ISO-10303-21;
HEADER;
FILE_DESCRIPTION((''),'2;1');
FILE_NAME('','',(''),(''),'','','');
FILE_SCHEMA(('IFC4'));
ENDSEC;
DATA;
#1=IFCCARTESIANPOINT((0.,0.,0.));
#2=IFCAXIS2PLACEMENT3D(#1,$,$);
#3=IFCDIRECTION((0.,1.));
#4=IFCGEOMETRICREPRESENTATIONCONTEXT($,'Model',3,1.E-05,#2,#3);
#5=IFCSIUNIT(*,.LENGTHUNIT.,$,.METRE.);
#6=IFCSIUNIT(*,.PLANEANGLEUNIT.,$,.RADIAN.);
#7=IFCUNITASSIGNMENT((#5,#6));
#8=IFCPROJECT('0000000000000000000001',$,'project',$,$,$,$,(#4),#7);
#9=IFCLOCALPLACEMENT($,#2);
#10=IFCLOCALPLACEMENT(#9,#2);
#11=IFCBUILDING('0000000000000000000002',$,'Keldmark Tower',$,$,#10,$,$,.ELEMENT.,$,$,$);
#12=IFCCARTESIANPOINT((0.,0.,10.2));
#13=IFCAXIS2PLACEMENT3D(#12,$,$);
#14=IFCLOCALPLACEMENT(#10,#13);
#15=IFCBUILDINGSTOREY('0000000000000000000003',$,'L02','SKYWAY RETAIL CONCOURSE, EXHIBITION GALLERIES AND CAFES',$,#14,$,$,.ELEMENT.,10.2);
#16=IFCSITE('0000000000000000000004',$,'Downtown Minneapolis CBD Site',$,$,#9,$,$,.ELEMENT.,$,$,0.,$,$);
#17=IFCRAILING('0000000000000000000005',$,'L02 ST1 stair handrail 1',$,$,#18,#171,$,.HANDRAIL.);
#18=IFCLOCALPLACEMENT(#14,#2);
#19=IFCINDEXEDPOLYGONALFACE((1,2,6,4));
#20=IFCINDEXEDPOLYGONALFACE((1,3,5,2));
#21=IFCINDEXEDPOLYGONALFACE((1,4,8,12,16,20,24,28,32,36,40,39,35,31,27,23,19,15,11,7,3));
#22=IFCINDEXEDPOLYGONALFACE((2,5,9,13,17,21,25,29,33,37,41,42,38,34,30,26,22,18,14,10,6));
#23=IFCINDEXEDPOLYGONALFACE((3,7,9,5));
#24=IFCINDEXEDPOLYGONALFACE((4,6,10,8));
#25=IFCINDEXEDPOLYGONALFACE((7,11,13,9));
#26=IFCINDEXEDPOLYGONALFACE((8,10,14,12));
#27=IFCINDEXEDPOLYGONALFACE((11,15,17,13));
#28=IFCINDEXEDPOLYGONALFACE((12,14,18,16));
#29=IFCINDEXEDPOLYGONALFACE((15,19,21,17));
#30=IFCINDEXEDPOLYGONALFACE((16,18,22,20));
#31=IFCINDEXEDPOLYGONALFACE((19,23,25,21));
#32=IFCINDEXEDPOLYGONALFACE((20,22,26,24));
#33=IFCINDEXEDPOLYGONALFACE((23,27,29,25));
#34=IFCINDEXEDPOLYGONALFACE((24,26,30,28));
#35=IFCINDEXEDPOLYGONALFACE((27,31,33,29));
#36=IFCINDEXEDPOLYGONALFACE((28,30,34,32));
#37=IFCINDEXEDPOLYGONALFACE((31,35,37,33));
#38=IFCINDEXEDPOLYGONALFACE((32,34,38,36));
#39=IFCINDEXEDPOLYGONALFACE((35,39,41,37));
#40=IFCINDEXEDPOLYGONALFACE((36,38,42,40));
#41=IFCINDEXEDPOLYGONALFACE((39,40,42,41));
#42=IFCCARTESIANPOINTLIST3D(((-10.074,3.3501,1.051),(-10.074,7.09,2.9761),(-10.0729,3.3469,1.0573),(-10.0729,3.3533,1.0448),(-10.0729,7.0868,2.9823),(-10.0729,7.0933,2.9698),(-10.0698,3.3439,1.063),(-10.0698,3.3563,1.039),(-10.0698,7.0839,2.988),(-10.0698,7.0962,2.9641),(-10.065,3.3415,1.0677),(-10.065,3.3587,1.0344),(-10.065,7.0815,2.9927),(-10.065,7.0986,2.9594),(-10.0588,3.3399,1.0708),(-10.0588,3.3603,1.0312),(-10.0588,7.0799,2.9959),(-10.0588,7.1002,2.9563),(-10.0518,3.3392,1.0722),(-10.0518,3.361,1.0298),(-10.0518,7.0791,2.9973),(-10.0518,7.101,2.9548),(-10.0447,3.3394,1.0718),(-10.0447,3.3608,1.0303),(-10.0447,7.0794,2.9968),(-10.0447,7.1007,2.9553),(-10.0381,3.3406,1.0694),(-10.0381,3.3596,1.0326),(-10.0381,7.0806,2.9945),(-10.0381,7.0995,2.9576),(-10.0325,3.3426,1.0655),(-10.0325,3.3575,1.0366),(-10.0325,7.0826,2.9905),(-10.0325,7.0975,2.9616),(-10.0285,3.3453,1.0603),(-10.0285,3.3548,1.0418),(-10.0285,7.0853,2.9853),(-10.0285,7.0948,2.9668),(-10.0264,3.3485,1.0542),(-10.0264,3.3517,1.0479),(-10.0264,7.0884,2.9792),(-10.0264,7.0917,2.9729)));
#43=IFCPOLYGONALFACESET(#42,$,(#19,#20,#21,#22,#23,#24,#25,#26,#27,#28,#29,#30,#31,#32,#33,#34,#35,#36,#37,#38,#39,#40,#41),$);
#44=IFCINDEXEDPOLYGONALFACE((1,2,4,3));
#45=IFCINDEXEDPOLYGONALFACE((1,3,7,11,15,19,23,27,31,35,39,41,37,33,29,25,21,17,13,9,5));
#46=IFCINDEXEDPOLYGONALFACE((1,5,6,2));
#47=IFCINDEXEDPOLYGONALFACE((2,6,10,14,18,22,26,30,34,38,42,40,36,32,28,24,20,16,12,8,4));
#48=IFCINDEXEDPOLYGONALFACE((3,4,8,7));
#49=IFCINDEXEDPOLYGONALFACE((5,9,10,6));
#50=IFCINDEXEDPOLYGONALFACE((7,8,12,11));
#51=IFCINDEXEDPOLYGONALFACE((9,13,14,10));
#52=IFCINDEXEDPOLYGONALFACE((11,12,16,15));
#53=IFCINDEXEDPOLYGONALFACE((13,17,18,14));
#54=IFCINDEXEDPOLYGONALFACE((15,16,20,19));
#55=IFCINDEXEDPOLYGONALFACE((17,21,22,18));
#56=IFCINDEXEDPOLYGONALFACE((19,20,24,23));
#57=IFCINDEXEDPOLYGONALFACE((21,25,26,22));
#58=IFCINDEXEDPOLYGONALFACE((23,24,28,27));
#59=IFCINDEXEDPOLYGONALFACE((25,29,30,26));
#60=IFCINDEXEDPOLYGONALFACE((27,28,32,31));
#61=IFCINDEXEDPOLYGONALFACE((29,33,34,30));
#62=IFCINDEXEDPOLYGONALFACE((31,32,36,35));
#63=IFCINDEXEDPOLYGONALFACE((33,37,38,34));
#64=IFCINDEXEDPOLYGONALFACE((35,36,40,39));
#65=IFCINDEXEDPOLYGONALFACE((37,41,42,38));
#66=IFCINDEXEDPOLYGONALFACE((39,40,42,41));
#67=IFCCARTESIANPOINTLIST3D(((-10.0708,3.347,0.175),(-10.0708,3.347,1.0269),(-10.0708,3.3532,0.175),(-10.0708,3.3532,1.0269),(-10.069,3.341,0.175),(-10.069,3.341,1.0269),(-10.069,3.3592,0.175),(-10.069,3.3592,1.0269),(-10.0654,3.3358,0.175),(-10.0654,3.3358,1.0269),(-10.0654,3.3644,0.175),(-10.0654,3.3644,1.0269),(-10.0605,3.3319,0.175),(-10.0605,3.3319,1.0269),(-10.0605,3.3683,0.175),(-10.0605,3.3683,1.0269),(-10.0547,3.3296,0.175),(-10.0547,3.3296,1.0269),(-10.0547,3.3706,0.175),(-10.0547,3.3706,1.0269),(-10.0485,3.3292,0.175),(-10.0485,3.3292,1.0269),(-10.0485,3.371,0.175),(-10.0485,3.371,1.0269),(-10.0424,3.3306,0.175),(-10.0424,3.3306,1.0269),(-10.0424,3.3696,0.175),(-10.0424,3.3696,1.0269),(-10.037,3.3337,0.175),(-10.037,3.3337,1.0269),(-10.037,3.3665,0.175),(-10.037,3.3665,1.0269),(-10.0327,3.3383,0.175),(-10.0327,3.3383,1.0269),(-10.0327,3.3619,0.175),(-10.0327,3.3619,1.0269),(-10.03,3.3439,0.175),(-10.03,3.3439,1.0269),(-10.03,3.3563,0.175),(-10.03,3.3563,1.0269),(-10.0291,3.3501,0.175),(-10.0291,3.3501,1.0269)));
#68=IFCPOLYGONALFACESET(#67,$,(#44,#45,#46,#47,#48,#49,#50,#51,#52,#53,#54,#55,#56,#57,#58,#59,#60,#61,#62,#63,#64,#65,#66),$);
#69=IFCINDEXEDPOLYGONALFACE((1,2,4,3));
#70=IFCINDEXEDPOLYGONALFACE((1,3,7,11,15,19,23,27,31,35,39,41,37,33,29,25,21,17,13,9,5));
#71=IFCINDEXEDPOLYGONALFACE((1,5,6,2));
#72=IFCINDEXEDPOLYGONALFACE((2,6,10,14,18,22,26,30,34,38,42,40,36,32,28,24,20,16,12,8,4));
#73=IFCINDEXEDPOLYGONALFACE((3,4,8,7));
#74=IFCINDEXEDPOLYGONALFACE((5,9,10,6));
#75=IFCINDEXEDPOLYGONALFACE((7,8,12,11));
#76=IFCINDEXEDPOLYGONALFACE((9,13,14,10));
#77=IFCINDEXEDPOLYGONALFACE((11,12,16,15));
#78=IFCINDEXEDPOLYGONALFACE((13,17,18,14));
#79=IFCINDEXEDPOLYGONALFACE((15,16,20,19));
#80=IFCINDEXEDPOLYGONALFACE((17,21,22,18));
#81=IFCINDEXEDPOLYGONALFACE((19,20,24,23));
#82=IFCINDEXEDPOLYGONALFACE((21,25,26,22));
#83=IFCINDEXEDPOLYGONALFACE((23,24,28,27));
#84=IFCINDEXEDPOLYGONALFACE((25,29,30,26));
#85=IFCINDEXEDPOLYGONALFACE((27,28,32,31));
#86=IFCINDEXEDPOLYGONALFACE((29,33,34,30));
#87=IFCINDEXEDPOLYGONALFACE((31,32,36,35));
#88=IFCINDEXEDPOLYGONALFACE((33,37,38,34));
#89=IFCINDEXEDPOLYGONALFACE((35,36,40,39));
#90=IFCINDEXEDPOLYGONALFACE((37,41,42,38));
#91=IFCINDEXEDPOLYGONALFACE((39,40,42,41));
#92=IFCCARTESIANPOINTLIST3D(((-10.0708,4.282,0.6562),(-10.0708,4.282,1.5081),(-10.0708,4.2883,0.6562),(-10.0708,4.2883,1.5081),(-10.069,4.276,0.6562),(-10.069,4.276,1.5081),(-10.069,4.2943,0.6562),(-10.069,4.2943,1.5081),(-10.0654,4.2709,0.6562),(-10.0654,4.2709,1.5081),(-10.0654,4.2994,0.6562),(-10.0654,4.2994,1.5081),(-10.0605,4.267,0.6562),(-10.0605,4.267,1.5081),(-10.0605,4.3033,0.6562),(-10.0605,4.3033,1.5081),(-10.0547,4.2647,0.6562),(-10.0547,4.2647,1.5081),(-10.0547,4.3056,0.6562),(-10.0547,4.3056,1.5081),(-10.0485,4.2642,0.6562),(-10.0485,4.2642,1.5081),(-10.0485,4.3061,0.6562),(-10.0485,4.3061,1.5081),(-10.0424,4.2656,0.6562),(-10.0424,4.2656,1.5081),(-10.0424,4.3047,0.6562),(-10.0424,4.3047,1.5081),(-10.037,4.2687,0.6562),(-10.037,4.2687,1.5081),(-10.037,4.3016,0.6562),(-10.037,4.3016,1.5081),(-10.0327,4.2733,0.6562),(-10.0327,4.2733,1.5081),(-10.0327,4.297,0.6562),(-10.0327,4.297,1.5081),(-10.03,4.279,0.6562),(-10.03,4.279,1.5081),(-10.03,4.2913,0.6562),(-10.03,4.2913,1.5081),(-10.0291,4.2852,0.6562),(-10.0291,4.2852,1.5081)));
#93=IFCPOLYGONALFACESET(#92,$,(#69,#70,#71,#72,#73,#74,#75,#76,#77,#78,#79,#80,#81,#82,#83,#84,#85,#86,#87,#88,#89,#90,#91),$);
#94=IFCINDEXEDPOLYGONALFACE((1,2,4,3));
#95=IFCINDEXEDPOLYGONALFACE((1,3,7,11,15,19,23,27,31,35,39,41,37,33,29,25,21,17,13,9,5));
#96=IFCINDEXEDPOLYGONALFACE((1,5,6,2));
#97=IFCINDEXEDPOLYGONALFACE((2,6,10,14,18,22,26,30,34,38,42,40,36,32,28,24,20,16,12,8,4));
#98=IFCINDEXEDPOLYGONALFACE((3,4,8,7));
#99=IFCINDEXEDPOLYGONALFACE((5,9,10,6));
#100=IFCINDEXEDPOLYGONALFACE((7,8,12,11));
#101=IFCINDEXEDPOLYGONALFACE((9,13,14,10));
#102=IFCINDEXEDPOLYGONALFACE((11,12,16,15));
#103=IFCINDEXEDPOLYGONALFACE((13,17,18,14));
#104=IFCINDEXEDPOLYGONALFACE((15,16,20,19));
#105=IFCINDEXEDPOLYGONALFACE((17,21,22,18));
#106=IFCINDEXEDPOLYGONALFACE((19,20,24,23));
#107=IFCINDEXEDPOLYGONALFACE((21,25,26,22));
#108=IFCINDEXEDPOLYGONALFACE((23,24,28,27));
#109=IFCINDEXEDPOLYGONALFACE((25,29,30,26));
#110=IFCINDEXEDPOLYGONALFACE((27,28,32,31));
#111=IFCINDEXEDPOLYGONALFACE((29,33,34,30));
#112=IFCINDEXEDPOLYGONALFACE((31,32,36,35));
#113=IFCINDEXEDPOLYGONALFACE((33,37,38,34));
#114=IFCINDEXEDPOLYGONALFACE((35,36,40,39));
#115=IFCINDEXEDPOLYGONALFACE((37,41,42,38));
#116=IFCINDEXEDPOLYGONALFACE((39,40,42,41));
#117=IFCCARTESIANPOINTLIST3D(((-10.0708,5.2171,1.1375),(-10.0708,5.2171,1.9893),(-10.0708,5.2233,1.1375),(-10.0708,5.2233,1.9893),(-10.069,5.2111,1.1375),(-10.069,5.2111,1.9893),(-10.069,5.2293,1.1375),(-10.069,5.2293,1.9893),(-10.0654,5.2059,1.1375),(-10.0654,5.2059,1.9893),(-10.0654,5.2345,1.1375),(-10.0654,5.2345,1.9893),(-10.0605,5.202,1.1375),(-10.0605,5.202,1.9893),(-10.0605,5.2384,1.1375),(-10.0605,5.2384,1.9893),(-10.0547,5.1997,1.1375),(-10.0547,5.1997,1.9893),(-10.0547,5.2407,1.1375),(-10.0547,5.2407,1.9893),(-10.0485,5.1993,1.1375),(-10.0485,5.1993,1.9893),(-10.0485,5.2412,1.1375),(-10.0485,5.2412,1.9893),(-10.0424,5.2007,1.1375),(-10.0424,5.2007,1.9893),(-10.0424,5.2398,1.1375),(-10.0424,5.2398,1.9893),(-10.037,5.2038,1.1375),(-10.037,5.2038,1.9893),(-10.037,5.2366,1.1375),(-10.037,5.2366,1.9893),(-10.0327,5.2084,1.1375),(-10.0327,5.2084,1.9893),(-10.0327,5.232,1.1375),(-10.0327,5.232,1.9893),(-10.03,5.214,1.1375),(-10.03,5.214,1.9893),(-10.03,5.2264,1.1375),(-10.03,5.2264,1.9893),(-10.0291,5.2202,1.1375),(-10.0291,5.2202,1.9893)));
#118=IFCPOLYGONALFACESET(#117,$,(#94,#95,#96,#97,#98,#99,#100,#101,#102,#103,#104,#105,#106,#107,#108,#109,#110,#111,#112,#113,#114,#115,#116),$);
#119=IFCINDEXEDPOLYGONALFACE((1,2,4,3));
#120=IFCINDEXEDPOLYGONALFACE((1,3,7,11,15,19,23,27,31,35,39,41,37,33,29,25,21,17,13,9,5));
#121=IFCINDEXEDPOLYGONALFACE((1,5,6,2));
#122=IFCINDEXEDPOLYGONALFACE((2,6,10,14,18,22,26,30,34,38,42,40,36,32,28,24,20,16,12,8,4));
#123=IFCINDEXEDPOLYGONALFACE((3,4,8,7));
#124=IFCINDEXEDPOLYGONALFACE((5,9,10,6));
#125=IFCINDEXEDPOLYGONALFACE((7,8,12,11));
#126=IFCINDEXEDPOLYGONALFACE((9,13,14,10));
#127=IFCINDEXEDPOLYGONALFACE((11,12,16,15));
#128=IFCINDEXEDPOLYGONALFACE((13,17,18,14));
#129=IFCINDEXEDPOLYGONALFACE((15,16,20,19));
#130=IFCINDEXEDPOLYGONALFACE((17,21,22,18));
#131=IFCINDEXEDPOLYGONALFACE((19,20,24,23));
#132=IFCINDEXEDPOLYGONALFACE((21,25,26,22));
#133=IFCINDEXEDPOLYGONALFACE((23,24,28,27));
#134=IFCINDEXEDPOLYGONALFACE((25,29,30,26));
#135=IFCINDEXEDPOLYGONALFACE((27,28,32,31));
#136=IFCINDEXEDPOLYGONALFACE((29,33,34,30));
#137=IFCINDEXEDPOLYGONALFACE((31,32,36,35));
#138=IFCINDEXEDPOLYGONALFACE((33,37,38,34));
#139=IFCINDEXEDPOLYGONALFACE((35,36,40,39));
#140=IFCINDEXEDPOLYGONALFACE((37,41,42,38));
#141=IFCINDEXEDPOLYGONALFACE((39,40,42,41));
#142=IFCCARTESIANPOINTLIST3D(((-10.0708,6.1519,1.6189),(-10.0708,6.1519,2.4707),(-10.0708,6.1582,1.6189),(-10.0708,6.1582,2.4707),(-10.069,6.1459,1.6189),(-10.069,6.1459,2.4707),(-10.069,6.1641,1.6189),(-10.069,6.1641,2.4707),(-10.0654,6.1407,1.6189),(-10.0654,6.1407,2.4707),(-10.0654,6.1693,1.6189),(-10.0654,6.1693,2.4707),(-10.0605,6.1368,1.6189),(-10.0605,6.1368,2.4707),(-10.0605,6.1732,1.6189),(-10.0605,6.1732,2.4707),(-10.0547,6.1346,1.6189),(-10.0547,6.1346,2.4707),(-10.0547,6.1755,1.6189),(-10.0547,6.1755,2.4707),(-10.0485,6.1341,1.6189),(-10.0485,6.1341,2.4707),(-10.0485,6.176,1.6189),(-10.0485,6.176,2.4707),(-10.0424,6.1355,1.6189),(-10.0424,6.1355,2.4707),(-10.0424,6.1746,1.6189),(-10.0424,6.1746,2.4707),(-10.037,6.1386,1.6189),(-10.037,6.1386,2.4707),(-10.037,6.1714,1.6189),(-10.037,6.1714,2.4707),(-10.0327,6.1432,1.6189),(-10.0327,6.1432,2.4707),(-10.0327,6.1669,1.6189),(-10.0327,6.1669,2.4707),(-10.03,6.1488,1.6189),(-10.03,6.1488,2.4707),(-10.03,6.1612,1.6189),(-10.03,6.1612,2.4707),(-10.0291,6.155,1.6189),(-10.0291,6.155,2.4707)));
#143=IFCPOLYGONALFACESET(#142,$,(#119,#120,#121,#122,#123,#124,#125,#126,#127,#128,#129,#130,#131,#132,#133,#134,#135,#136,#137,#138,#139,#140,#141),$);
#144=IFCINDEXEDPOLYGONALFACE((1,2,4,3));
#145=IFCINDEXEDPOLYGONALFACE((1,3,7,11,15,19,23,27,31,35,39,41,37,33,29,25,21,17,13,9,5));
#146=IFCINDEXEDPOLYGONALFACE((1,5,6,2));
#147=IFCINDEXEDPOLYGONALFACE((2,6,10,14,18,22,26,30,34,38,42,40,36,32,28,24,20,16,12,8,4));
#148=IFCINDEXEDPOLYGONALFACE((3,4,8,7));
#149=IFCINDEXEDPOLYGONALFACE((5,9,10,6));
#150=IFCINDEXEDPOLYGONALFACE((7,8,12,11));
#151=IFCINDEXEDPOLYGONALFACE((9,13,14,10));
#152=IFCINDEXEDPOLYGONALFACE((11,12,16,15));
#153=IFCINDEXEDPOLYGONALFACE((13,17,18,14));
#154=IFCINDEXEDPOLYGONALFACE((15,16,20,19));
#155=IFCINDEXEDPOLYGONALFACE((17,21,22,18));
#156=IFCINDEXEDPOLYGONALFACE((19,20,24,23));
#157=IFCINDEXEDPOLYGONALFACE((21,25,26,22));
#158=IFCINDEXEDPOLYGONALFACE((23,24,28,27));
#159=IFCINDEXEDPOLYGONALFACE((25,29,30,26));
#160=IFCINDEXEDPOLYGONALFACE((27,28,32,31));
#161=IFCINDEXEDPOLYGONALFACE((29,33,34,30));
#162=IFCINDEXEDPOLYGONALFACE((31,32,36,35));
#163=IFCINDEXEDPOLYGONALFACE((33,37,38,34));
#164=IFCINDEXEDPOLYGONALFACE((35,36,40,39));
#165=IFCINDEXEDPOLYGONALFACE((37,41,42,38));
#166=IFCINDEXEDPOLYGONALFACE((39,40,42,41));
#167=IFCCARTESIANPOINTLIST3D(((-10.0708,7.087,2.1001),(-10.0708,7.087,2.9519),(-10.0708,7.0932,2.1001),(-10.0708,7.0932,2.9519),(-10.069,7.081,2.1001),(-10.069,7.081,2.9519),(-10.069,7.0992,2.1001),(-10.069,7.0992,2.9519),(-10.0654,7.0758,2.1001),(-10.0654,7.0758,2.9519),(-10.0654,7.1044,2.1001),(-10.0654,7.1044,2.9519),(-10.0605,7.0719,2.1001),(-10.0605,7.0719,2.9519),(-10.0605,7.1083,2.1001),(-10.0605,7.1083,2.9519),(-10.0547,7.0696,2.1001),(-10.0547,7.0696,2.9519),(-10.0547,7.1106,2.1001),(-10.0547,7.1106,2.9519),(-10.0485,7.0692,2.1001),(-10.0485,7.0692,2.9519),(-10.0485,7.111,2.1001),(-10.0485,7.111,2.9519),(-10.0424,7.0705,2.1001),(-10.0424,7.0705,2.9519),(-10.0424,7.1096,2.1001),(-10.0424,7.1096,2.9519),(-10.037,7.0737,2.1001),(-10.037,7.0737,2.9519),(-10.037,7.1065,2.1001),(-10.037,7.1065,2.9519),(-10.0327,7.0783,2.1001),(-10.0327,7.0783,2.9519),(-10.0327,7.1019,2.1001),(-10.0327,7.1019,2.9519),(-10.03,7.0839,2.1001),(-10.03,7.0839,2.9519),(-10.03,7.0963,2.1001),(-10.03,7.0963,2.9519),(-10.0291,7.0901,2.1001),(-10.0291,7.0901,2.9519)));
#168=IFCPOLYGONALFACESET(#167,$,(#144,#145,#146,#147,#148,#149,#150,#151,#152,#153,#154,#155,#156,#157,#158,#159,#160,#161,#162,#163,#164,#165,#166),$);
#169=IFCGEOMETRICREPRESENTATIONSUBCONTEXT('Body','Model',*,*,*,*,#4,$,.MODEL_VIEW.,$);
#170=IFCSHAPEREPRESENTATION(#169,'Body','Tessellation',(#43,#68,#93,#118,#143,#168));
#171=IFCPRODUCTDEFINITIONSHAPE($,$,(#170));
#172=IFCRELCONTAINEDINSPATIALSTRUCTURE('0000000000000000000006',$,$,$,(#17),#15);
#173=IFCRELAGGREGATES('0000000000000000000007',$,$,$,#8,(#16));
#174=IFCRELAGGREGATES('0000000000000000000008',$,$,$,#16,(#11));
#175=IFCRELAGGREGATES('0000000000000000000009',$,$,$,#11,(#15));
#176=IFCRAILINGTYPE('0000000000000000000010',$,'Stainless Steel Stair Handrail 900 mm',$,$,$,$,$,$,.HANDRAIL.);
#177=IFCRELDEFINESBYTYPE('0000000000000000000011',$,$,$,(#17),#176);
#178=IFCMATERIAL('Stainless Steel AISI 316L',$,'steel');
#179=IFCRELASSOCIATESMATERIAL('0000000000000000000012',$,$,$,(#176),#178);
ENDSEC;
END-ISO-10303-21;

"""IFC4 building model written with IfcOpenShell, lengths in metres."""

from ifc_helpers import new_model, si_unit, direction, frame, origin, origin_2d, place, context, subcontext, project, spatial, circle, extrude, material, type_object, element, save


model = new_model("IFC4")

# Units and contexts
model_context = context("Model", 3, precision=1e-05, world=origin(), true_north=direction((0.0, 1.0)))
body_context = subcontext(model_context, "Body", "Model", "MODEL_VIEW")
ifc_project = project(units=[si_unit("LENGTHUNIT", "METRE"), si_unit("PLANEANGLEUNIT", "RADIAN")], contexts=[model_context])

# Site, building, storey
site_placement = place(None, origin())
site = spatial("IfcSite", under=ifc_project, at=site_placement, Name="Downtown Minneapolis CBD Site", CompositionType="ELEMENT", RefElevation=0.0)
building_placement = place(site_placement, origin())
building = spatial("IfcBuilding", under=site, at=building_placement, Name="Keldmark Tower", CompositionType="ELEMENT")
storey_placement = place(building_placement, frame((0.0, 0.0, 10.2)))
storey = spatial("IfcBuildingStorey", under=building, at=storey_placement, Name="L02", Description="SKYWAY RETAIL CONCOURSE, EXHIBITION GALLERIES AND CAFES", CompositionType="ELEMENT", Elevation=10.2)

# Railing
ifc_material_1 = material(Name="Stainless Steel AISI 316L", Category="steel")
railing_type_1 = type_object("IfcRailingType", Name="Stainless Steel Stair Handrail 900 mm", PredefinedType="HANDRAIL", material=ifc_material_1)
railing_1_placement = place(storey_placement, frame((-10.05, 3.3501, 0.175)))
element("IfcRailing", 1, at=railing_1_placement, inside=storey, type_object=railing_type_1, Name="L02 ST1 stair handrail 1", PredefinedType="HANDRAIL", context=body_context, shape_type="SweptSolid", body=[
    extrude(circle(Radius=0.0239, at=origin_2d()), frame((0.0, 0.0, 0.876), z_axis=(0.0, 0.889131, 0.457654), x_axis=(-1.0, 0.0, 0.0)), (0.0, 0.0, 1.0), 4.2063),
    extrude(circle(Radius=0.021, at=origin_2d()), origin(), (0.0, 0.0, 1.0), 0.8518),
    extrude(circle(Radius=0.021, at=origin_2d()), frame((0.0, 0.9351, 0.4812)), (0.0, 0.0, 1.0), 0.8518),
    extrude(circle(Radius=0.021, at=origin_2d()), frame((0.0, 1.8701, 0.9624)), (0.0, 0.0, 1.0), 0.8518),
    extrude(circle(Radius=0.021, at=origin_2d()), frame((0.0, 2.8049, 1.4438)), (0.0, 0.0, 1.0), 0.8518),
    extrude(circle(Radius=0.021, at=origin_2d()), frame((0.0, 3.74, 1.925)), (0.0, 0.0, 1.0), 0.8518),
])

save(model, "model.ifc")
